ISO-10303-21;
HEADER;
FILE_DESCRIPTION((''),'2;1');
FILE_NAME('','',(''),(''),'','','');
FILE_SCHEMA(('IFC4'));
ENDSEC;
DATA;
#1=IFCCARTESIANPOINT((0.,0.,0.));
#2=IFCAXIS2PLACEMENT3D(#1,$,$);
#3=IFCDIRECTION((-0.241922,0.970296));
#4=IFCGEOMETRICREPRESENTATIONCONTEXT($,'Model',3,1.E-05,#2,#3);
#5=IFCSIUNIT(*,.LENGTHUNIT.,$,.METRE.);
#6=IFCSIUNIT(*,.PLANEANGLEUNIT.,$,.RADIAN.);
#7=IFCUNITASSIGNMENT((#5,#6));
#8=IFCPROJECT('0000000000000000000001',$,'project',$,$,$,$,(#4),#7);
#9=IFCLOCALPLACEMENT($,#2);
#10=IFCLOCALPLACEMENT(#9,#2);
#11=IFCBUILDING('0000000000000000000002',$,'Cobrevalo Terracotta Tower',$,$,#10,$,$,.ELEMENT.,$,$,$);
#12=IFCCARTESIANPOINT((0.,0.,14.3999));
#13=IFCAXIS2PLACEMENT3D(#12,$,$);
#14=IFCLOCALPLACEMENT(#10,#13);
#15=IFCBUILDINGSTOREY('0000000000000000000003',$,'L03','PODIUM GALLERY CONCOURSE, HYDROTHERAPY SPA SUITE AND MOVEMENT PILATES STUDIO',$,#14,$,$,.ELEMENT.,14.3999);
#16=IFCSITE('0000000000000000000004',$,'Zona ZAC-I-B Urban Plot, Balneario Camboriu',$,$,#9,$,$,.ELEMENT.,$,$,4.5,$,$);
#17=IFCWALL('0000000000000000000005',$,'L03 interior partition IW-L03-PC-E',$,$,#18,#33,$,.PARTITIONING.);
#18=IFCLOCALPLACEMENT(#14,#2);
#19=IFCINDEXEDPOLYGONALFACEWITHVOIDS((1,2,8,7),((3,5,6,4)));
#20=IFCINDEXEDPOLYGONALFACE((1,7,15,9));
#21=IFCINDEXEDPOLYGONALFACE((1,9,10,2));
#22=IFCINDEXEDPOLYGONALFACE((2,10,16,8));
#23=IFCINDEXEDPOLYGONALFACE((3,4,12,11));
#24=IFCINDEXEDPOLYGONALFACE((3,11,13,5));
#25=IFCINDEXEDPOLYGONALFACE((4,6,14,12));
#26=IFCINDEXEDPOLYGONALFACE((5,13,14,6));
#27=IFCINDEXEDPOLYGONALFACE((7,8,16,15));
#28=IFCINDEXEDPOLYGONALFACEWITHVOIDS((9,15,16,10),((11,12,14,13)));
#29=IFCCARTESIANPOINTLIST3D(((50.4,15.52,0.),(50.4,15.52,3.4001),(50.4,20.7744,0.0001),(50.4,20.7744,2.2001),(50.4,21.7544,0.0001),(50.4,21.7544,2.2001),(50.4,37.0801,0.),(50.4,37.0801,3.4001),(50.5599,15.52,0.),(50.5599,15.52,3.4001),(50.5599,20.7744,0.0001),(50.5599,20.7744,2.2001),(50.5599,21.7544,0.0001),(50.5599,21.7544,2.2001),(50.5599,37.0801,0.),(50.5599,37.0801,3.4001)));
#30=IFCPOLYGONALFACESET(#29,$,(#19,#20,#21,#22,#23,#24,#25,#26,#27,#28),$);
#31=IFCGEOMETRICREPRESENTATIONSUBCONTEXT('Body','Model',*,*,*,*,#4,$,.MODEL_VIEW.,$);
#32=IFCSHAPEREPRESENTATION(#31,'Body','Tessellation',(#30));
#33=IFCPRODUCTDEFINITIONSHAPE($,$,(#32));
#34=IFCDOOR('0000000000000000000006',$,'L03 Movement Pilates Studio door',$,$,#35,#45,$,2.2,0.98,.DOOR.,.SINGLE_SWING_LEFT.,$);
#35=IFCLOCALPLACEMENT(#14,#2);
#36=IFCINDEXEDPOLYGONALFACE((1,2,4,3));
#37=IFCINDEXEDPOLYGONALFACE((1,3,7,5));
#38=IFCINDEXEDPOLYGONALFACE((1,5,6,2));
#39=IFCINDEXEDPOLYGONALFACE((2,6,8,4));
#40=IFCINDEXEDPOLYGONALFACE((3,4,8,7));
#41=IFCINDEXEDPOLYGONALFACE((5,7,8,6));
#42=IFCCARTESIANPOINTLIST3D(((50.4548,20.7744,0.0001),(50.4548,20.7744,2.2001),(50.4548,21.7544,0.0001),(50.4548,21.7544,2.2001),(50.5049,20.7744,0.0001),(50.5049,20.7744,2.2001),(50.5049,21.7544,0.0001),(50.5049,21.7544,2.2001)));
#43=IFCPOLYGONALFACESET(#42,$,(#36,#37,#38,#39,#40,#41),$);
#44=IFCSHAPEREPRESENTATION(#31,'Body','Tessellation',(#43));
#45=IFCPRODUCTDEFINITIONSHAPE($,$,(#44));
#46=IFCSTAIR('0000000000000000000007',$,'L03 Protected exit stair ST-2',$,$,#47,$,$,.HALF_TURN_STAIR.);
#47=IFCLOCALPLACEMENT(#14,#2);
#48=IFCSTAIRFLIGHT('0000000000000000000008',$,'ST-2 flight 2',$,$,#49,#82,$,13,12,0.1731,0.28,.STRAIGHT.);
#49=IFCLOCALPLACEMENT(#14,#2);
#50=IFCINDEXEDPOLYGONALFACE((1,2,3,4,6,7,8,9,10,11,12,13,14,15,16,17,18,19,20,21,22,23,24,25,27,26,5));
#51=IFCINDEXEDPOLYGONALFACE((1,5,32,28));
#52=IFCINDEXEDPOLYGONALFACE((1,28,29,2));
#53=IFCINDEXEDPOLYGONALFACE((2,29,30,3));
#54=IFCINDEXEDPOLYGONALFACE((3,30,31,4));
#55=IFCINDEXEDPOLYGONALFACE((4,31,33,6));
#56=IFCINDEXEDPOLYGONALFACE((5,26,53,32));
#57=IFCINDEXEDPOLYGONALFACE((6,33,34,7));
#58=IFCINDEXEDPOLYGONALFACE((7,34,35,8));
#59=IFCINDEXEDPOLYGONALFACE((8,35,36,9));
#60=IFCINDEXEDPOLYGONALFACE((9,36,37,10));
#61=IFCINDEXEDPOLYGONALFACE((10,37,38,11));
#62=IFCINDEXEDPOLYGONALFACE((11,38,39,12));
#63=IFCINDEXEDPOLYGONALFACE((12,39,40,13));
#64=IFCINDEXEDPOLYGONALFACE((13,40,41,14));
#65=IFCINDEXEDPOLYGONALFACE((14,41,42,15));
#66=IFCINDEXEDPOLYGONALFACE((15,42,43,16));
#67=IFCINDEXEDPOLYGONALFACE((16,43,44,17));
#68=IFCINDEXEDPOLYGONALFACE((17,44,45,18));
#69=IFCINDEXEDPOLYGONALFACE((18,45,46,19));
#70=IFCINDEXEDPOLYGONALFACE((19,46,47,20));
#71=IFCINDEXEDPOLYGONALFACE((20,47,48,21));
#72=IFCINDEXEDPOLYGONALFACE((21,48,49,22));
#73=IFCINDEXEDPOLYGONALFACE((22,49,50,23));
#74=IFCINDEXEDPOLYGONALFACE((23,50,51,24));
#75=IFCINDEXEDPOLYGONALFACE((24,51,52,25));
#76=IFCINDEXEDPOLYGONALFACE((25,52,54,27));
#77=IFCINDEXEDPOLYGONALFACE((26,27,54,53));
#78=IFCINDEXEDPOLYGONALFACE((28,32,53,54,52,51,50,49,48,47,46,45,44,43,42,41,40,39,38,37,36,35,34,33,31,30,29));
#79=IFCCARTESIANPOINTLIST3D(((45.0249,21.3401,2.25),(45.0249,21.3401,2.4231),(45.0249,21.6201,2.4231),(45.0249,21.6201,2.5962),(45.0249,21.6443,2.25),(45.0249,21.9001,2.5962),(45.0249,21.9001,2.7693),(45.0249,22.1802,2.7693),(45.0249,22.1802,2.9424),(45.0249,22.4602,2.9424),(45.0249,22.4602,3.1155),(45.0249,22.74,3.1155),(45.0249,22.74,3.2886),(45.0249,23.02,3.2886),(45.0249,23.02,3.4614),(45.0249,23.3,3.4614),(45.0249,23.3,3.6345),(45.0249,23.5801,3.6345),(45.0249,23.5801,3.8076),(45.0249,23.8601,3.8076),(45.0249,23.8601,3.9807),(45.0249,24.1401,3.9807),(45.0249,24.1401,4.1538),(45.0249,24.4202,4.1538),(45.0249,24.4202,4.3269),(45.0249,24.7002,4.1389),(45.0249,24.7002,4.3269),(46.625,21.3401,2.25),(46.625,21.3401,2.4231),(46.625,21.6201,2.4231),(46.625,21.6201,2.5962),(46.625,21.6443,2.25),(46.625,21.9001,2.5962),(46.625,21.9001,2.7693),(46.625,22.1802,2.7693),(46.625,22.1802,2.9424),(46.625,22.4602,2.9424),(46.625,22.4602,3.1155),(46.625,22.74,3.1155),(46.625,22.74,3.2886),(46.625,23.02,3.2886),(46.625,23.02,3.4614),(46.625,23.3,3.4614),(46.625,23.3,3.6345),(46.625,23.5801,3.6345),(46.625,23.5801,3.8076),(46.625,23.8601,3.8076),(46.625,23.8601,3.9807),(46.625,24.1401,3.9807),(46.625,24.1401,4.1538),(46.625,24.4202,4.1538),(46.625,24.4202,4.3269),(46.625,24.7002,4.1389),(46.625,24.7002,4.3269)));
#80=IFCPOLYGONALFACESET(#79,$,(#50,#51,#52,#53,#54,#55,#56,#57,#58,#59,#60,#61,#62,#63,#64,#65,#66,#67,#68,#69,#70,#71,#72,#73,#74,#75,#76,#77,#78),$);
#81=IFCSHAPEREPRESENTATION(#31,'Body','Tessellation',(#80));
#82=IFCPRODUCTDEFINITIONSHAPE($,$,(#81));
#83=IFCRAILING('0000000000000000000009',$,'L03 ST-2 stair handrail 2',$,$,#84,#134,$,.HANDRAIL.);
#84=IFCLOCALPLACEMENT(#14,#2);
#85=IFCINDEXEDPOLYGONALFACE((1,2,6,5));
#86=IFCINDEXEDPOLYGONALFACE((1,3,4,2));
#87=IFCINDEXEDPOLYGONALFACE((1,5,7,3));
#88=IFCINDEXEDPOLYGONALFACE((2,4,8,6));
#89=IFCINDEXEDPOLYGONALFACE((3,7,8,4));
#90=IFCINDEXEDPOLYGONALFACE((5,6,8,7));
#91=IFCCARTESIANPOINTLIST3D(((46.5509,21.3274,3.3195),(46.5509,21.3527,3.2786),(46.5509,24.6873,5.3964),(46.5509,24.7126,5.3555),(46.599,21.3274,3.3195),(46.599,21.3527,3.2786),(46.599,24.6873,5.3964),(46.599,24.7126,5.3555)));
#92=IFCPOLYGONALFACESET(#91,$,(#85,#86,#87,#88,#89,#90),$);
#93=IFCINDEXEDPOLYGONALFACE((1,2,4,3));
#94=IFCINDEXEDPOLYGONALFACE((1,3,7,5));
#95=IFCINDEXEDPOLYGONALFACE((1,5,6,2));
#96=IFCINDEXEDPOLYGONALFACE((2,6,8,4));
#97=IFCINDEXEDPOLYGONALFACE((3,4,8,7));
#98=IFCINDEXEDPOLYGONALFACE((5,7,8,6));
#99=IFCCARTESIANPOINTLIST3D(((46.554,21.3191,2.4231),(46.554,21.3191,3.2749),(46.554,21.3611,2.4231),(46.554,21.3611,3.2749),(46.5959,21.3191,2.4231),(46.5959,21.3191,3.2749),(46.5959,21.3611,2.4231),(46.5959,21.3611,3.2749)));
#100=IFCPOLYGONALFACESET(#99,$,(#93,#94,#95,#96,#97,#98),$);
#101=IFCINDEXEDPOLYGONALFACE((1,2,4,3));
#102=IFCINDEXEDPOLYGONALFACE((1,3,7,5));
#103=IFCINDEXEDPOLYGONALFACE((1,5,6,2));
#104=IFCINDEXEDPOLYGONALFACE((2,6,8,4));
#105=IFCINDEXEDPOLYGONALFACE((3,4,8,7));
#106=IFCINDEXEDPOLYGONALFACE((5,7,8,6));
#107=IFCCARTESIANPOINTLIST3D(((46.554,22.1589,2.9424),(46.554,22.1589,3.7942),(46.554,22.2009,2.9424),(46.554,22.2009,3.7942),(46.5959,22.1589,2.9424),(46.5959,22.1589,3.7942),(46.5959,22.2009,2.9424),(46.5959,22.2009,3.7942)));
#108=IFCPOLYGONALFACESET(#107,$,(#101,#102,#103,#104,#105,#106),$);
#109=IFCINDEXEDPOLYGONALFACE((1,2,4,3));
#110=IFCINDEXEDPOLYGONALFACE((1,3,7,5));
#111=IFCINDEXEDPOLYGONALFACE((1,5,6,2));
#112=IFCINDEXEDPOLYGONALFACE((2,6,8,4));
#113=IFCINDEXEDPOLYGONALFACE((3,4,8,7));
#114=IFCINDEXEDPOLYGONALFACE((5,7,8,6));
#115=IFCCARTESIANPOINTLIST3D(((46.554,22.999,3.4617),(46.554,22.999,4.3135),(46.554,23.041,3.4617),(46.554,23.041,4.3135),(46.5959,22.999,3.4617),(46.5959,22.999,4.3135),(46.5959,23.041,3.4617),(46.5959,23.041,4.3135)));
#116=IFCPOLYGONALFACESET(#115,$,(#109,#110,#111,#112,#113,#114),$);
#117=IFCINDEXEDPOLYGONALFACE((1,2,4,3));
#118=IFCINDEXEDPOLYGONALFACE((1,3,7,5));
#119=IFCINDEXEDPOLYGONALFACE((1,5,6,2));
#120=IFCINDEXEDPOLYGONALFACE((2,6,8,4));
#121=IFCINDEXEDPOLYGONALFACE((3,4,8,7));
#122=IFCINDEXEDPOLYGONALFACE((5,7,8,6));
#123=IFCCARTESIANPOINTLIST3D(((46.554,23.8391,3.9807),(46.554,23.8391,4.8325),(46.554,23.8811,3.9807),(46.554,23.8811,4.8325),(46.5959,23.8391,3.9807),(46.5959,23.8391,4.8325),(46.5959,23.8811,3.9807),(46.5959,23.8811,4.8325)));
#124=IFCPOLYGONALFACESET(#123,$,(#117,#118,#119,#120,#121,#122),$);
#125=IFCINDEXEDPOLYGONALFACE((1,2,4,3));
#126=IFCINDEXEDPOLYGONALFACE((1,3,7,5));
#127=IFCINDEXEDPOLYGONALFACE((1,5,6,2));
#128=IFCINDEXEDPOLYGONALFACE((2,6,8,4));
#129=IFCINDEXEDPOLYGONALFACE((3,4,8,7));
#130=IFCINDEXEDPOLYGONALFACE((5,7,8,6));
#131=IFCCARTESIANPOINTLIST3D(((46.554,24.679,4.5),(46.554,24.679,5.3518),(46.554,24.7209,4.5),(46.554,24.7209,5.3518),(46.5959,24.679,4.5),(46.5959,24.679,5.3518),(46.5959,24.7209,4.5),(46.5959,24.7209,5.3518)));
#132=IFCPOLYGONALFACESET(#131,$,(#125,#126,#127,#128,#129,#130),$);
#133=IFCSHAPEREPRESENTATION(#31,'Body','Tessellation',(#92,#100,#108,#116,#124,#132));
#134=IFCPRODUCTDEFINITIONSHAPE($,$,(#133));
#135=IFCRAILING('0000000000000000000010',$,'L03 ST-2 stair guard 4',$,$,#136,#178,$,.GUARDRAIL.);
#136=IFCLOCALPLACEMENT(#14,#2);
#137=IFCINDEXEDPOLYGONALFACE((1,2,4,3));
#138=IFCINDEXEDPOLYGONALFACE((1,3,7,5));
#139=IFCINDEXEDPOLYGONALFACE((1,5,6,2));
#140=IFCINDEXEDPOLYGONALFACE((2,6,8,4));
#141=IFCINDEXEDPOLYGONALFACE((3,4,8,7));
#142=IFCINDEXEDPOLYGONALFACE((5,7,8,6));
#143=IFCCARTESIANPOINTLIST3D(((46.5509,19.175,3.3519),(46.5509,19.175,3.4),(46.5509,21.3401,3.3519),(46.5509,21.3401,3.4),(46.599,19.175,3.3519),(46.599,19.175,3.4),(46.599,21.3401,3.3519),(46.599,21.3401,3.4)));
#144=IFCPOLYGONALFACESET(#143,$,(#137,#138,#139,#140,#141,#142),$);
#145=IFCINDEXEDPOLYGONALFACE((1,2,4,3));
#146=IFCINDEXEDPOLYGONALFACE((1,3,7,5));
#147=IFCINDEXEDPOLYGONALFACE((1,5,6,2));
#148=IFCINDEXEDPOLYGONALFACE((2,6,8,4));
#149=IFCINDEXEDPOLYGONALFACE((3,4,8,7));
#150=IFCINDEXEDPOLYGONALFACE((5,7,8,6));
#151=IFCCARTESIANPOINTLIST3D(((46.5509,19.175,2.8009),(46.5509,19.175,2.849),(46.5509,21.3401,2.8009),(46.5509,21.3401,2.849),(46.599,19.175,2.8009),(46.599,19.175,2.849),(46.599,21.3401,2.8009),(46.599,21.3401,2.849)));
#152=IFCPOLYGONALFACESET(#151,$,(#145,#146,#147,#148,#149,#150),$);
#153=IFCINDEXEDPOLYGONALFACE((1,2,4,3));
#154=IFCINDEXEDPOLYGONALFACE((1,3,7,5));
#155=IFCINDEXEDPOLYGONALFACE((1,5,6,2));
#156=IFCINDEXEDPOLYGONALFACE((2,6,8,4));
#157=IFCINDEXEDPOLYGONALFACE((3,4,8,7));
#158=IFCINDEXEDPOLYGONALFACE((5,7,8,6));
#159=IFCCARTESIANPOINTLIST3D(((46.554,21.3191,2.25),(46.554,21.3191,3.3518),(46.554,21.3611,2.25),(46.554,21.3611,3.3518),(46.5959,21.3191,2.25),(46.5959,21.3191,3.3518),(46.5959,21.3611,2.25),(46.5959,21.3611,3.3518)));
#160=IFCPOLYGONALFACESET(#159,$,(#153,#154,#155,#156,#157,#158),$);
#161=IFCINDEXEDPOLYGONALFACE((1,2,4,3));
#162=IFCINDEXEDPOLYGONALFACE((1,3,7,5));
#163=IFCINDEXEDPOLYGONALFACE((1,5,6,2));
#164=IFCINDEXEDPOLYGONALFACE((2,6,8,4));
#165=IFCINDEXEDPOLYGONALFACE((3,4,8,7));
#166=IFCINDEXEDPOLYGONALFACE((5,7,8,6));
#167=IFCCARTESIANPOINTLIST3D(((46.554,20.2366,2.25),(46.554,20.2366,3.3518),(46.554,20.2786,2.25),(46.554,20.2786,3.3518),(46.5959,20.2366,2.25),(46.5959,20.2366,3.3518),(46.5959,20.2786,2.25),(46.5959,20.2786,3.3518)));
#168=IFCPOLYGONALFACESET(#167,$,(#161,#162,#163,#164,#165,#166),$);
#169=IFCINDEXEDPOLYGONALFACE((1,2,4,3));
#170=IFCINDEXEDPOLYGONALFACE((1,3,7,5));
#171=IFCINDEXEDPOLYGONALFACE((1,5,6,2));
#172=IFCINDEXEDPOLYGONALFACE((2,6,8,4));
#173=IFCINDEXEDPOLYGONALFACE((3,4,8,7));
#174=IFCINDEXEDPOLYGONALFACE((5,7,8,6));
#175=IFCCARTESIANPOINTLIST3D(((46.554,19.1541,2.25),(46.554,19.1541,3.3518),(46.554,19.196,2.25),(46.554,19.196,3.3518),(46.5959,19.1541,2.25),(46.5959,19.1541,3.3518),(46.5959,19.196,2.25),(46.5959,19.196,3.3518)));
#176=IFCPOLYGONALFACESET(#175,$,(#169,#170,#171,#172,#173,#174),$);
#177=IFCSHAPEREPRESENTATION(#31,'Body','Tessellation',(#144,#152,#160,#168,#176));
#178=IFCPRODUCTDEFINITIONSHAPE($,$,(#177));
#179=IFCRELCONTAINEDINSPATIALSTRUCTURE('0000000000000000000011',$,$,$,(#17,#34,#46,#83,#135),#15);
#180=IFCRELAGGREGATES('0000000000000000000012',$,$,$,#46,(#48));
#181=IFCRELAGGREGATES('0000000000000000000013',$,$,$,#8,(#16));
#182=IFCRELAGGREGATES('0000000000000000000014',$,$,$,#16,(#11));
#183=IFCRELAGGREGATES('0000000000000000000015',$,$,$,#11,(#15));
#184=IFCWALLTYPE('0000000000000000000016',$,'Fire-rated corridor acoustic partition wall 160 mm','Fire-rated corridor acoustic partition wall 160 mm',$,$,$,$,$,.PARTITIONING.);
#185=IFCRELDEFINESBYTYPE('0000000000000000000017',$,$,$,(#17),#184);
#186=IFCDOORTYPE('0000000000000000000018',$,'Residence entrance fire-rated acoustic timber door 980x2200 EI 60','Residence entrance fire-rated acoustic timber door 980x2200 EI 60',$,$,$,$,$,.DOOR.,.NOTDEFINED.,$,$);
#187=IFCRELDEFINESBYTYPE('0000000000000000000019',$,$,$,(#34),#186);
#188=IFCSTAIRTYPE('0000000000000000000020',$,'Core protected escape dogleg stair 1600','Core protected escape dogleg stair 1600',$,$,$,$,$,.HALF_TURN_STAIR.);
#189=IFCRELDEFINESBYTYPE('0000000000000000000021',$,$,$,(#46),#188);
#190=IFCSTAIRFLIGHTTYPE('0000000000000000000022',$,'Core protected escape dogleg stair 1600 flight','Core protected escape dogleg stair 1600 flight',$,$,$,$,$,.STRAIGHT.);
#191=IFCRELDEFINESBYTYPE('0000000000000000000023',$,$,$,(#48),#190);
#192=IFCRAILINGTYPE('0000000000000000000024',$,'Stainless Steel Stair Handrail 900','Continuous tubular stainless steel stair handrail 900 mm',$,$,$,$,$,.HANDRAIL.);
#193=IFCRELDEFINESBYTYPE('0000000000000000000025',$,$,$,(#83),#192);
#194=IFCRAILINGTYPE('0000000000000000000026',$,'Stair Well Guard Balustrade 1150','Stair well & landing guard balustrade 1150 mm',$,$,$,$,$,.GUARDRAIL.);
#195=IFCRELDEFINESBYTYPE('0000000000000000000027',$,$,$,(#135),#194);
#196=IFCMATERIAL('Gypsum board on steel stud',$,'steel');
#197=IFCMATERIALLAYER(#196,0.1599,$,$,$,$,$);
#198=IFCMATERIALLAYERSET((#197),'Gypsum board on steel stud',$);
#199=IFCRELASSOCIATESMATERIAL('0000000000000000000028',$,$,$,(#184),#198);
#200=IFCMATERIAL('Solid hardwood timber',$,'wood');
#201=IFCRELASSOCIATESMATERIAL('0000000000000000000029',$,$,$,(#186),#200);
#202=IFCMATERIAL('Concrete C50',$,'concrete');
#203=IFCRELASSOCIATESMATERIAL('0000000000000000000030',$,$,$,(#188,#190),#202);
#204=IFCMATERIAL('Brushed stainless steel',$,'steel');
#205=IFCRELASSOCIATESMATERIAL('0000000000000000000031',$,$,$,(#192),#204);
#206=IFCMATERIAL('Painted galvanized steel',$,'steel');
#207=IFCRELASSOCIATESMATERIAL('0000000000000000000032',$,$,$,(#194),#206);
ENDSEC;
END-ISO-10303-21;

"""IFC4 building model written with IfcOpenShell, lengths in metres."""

from ifc_helpers import new_model, si_unit, direction, frame, frame_2d, origin, origin_2d, place, context, subcontext, project, spatial, polyline, rectangle, outline, extrude, source, transform, mapped, material, layer, layer_set, type_object, element, fill, aggregate, save


model = new_model("IFC4")

# Units and contexts
model_context = context("Model", 3, precision=1e-05, world=origin(), true_north=direction((-0.241922, 0.970296)))
body_context = subcontext(model_context, "Body", "Model", "MODEL_VIEW")
ifc_project = project(units=[si_unit("LENGTHUNIT", "METRE"), si_unit("PLANEANGLEUNIT", "RADIAN")], contexts=[model_context])

# Site, building, storey
site_placement = place(None, origin())
site = spatial("IfcSite", under=ifc_project, at=site_placement, Name="Zona ZAC-I-B Urban Plot, Balneario Camboriu", CompositionType="ELEMENT", RefElevation=4.5)
building_placement = place(site_placement, origin())
building = spatial("IfcBuilding", under=site, at=building_placement, Name="Cobrevalo Terracotta Tower", CompositionType="ELEMENT")
storey_placement = place(building_placement, frame((0.0, 0.0, 14.3999)))
storey = spatial("IfcBuildingStorey", under=building, at=storey_placement, Name="L03", Description="PODIUM GALLERY CONCOURSE, HYDROTHERAPY SPA SUITE AND MOVEMENT PILATES STUDIO", CompositionType="ELEMENT", Elevation=14.3999)

# Shared definitions
ifc_material_1 = material(Name="Concrete C50", Category="concrete")

# Wall, opening, door
ifc_material_2 = material(Name="Gypsum board on steel stud", Category="steel")
ifc_layer_1 = layer(ifc_material_2, 0.1599)
ifc_layer_set_1 = layer_set([ifc_layer_1], Name="Gypsum board on steel stud")
wall_type_1 = type_object("IfcWallType", Name="Fire-rated corridor acoustic partition wall 160 mm", Description="Fire-rated corridor acoustic partition wall 160 mm", PredefinedType="PARTITIONING", material=ifc_layer_set_1)
wall_1_placement = place(storey_placement, frame((50.48, 15.52, 0.0), z_axis=(0.0, 0.0, 1.0), x_axis=(0.0, 1.0, 0.0)))
wall_1 = element("IfcWall", 1, at=wall_1_placement, inside=storey, type_object=wall_type_1, Name="L03 interior partition IW-L03-PC-E", PredefinedType="PARTITIONING", context=body_context, shape_type="SweptSolid", body=[
    extrude(rectangle(XDim=21.5601, YDim=0.1599, at=frame_2d((10.78, 0.0))), origin(), (0.0, 0.0, 1.0), 3.4001),
])
opening_1_placement = place(wall_1_placement, frame((5.2544, 0.0, 0.0)))
opening_1 = element("IfcOpeningElement", 2, at=opening_1_placement, cuts=wall_1, PredefinedType="OPENING", context=body_context, shape_type="SweptSolid", body=[
    extrude(rectangle(XDim=0.98, YDim=2.2, at=frame_2d((0.49, 1.1001))), frame((0.0, 0.0898, 0.0), z_axis=(0.0, -1.0, 0.0), x_axis=(1.0, 0.0, 0.0)), (0.0, 0.0, 1.0), 0.1799),
])
ifc_material_3 = material(Name="Solid hardwood timber", Category="wood")
door_type_1 = type_object("IfcDoorType", Name="Residence entrance fire-rated acoustic timber door 980x2200 EI 60", Description="Residence entrance fire-rated acoustic timber door 980x2200 EI 60", OperationType="NOTDEFINED", PredefinedType="DOOR", material=ifc_material_3)
shared_shape_1 = source(origin(), body_context, "Body", "SweptSolid", [
    extrude(rectangle(XDim=0.98, YDim=2.2, at=frame_2d((0.49, 1.1001))), frame((0.0, 0.0249, 0.0), z_axis=(0.0, -1.0, 0.0), x_axis=(1.0, 0.0, 0.0)), (0.0, 0.0, 1.0), 0.05),
])
door_1_placement = place(opening_1_placement, frame((0.98, 0.0, 0.0), z_axis=(0.0, 0.0, 1.0), x_axis=(-1.0, 0.0, 0.0)))
door_1 = element("IfcDoor", 3, at=door_1_placement, inside=storey, type_object=door_type_1, Name="L03 Movement Pilates Studio door", OperationType="SINGLE_SWING_LEFT", OverallHeight=2.2, OverallWidth=0.98, PredefinedType="DOOR", context=body_context, shape_type="MappedRepresentation", body=[
    mapped(shared_shape_1, transform((0.0, 0.0, 0.0), scale=1.0)),
])
fill(opening_1, door_1)

# Stair, stair flight
stair_type = type_object("IfcStairType", Name="Core protected escape dogleg stair 1600", Description="Core protected escape dogleg stair 1600", PredefinedType="HALF_TURN_STAIR", material=ifc_material_1)
stair_placement = place(storey_placement, origin())
stair = element("IfcStair", 4, at=stair_placement, inside=storey, type_object=stair_type, Name="L03 Protected exit stair ST-2", PredefinedType="HALF_TURN_STAIR")
stair_flight_type = type_object("IfcStairFlightType", Name="Core protected escape dogleg stair 1600 flight", Description="Core protected escape dogleg stair 1600 flight", PredefinedType="STRAIGHT", material=ifc_material_1)
stair_flight_placement = place(storey_placement, frame((45.825, 21.3401, 2.25), z_axis=(0.0, 0.0, 1.0), x_axis=(0.0, 1.0, 0.0)))
stair_flight = element("IfcStairFlight", 5, at=stair_flight_placement, type_object=stair_flight_type, Name="ST-2 flight 2", NumberOfRisers=13, NumberOfTreads=12, PredefinedType="STRAIGHT", RiserHeight=0.1731, TreadLength=0.28, context=body_context, shape_type="SweptSolid", body=[
    extrude(outline(polyline([(0.0, 0.0), (0.0, 0.1731), (0.28, 0.1731), (0.28, 0.3462), (0.5601, 0.3462), (0.5601, 0.5193), (0.8401, 0.5193), (0.8401, 0.6924), (1.1201, 0.6924), (1.1201, 0.8655), (1.3999, 0.8655), (1.3999, 1.0386), (1.6799, 1.0386), (1.6799, 1.2114), (1.96, 1.2114), (1.96, 1.3845), (2.24, 1.3845), (2.24, 1.5576), (2.52, 1.5576), (2.52, 1.7307), (2.8, 1.7307), (2.8, 1.9038), (3.0801, 1.9038), (3.0801, 2.0769), (3.3601, 2.0769), (3.3601, 2.25), (3.3601, 1.8889), (0.3042, 0.0), (0.0, 0.0)])), frame((0.0, 0.8, 0.0), z_axis=(0.0, -1.0, 0.0), x_axis=(1.0, 0.0, 0.0)), (0.0, 0.0, 1.0), 1.6001),
])
aggregate(stair, [stair_flight])

# Railings
ifc_material_4 = material(Name="Brushed stainless steel", Category="steel")
railing_type_1 = type_object("IfcRailingType", Name="Stainless Steel Stair Handrail 900", Description="Continuous tubular stainless steel stair handrail 900 mm", PredefinedType="HANDRAIL", material=ifc_material_4)
railing_1_placement = place(storey_placement, frame((46.575, 21.3401, 2.4231)))
element("IfcRailing", 6, at=railing_1_placement, inside=storey, type_object=railing_type_1, Name="L03 ST-2 stair handrail 2", PredefinedType="HANDRAIL", context=body_context, shape_type="SweptSolid", body=[
    extrude(rectangle(XDim=0.0481, YDim=0.0481, at=origin_2d()), frame((0.0, 0.0, 0.876), z_axis=(0.0, 0.850606, 0.525803), x_axis=(-1.0, 0.0, 0.0)), (0.0, 0.0, 1.0), 3.95),
    extrude(rectangle(XDim=0.042, YDim=0.042, at=origin_2d()), origin(), (0.0, 0.0, 1.0), 0.8518),
    extrude(rectangle(XDim=0.042, YDim=0.042, at=origin_2d()), frame((0.0, 0.8398, 0.5193)), (0.0, 0.0, 1.0), 0.8518),
    extrude(rectangle(XDim=0.042, YDim=0.042, at=origin_2d()), frame((0.0, 1.6799, 1.0386)), (0.0, 0.0, 1.0), 0.8518),
    extrude(rectangle(XDim=0.042, YDim=0.042, at=origin_2d()), frame((0.0, 2.52, 1.5576)), (0.0, 0.0, 1.0), 0.8518),
    extrude(rectangle(XDim=0.042, YDim=0.042, at=origin_2d()), frame((0.0, 3.3599, 2.0769)), (0.0, 0.0, 1.0), 0.8518),
])
ifc_material_5 = material(Name="Painted galvanized steel", Category="steel")
railing_type_2 = type_object("IfcRailingType", Name="Stair Well Guard Balustrade 1150", Description="Stair well & landing guard balustrade 1150 mm", PredefinedType="GUARDRAIL", material=ifc_material_5)
railing_2_placement = place(storey_placement, frame((46.575, 21.3401, 2.25)))
element("IfcRailing", 7, at=railing_2_placement, inside=storey, type_object=railing_type_2, Name="L03 ST-2 stair guard 4", PredefinedType="GUARDRAIL", context=body_context, shape_type="SweptSolid", body=[
    extrude(rectangle(XDim=0.0481, YDim=0.0481, at=origin_2d()), frame((0.0, 0.0, 1.126), z_axis=(0.0, -1.0, 0.0), x_axis=(1.0, 0.0, 0.0)), (0.0, 0.0, 1.0), 2.165),
    extrude(rectangle(XDim=0.0481, YDim=0.0481, at=origin_2d()), frame((0.0, 0.0, 0.575), z_axis=(0.0, -1.0, 0.0), x_axis=(1.0, 0.0, 0.0)), (0.0, 0.0, 1.0), 2.165),
    extrude(rectangle(XDim=0.042, YDim=0.042, at=origin_2d()), origin(), (0.0, 0.0, 1.0), 1.1018),
    extrude(rectangle(XDim=0.042, YDim=0.042, at=origin_2d()), frame((0.0, -1.0825, 0.0)), (0.0, 0.0, 1.0), 1.1018),
    extrude(rectangle(XDim=0.042, YDim=0.042, at=origin_2d()), frame((0.0, -2.165, 0.0)), (0.0, 0.0, 1.0), 1.1018),
])

save(model, "model.ifc")
